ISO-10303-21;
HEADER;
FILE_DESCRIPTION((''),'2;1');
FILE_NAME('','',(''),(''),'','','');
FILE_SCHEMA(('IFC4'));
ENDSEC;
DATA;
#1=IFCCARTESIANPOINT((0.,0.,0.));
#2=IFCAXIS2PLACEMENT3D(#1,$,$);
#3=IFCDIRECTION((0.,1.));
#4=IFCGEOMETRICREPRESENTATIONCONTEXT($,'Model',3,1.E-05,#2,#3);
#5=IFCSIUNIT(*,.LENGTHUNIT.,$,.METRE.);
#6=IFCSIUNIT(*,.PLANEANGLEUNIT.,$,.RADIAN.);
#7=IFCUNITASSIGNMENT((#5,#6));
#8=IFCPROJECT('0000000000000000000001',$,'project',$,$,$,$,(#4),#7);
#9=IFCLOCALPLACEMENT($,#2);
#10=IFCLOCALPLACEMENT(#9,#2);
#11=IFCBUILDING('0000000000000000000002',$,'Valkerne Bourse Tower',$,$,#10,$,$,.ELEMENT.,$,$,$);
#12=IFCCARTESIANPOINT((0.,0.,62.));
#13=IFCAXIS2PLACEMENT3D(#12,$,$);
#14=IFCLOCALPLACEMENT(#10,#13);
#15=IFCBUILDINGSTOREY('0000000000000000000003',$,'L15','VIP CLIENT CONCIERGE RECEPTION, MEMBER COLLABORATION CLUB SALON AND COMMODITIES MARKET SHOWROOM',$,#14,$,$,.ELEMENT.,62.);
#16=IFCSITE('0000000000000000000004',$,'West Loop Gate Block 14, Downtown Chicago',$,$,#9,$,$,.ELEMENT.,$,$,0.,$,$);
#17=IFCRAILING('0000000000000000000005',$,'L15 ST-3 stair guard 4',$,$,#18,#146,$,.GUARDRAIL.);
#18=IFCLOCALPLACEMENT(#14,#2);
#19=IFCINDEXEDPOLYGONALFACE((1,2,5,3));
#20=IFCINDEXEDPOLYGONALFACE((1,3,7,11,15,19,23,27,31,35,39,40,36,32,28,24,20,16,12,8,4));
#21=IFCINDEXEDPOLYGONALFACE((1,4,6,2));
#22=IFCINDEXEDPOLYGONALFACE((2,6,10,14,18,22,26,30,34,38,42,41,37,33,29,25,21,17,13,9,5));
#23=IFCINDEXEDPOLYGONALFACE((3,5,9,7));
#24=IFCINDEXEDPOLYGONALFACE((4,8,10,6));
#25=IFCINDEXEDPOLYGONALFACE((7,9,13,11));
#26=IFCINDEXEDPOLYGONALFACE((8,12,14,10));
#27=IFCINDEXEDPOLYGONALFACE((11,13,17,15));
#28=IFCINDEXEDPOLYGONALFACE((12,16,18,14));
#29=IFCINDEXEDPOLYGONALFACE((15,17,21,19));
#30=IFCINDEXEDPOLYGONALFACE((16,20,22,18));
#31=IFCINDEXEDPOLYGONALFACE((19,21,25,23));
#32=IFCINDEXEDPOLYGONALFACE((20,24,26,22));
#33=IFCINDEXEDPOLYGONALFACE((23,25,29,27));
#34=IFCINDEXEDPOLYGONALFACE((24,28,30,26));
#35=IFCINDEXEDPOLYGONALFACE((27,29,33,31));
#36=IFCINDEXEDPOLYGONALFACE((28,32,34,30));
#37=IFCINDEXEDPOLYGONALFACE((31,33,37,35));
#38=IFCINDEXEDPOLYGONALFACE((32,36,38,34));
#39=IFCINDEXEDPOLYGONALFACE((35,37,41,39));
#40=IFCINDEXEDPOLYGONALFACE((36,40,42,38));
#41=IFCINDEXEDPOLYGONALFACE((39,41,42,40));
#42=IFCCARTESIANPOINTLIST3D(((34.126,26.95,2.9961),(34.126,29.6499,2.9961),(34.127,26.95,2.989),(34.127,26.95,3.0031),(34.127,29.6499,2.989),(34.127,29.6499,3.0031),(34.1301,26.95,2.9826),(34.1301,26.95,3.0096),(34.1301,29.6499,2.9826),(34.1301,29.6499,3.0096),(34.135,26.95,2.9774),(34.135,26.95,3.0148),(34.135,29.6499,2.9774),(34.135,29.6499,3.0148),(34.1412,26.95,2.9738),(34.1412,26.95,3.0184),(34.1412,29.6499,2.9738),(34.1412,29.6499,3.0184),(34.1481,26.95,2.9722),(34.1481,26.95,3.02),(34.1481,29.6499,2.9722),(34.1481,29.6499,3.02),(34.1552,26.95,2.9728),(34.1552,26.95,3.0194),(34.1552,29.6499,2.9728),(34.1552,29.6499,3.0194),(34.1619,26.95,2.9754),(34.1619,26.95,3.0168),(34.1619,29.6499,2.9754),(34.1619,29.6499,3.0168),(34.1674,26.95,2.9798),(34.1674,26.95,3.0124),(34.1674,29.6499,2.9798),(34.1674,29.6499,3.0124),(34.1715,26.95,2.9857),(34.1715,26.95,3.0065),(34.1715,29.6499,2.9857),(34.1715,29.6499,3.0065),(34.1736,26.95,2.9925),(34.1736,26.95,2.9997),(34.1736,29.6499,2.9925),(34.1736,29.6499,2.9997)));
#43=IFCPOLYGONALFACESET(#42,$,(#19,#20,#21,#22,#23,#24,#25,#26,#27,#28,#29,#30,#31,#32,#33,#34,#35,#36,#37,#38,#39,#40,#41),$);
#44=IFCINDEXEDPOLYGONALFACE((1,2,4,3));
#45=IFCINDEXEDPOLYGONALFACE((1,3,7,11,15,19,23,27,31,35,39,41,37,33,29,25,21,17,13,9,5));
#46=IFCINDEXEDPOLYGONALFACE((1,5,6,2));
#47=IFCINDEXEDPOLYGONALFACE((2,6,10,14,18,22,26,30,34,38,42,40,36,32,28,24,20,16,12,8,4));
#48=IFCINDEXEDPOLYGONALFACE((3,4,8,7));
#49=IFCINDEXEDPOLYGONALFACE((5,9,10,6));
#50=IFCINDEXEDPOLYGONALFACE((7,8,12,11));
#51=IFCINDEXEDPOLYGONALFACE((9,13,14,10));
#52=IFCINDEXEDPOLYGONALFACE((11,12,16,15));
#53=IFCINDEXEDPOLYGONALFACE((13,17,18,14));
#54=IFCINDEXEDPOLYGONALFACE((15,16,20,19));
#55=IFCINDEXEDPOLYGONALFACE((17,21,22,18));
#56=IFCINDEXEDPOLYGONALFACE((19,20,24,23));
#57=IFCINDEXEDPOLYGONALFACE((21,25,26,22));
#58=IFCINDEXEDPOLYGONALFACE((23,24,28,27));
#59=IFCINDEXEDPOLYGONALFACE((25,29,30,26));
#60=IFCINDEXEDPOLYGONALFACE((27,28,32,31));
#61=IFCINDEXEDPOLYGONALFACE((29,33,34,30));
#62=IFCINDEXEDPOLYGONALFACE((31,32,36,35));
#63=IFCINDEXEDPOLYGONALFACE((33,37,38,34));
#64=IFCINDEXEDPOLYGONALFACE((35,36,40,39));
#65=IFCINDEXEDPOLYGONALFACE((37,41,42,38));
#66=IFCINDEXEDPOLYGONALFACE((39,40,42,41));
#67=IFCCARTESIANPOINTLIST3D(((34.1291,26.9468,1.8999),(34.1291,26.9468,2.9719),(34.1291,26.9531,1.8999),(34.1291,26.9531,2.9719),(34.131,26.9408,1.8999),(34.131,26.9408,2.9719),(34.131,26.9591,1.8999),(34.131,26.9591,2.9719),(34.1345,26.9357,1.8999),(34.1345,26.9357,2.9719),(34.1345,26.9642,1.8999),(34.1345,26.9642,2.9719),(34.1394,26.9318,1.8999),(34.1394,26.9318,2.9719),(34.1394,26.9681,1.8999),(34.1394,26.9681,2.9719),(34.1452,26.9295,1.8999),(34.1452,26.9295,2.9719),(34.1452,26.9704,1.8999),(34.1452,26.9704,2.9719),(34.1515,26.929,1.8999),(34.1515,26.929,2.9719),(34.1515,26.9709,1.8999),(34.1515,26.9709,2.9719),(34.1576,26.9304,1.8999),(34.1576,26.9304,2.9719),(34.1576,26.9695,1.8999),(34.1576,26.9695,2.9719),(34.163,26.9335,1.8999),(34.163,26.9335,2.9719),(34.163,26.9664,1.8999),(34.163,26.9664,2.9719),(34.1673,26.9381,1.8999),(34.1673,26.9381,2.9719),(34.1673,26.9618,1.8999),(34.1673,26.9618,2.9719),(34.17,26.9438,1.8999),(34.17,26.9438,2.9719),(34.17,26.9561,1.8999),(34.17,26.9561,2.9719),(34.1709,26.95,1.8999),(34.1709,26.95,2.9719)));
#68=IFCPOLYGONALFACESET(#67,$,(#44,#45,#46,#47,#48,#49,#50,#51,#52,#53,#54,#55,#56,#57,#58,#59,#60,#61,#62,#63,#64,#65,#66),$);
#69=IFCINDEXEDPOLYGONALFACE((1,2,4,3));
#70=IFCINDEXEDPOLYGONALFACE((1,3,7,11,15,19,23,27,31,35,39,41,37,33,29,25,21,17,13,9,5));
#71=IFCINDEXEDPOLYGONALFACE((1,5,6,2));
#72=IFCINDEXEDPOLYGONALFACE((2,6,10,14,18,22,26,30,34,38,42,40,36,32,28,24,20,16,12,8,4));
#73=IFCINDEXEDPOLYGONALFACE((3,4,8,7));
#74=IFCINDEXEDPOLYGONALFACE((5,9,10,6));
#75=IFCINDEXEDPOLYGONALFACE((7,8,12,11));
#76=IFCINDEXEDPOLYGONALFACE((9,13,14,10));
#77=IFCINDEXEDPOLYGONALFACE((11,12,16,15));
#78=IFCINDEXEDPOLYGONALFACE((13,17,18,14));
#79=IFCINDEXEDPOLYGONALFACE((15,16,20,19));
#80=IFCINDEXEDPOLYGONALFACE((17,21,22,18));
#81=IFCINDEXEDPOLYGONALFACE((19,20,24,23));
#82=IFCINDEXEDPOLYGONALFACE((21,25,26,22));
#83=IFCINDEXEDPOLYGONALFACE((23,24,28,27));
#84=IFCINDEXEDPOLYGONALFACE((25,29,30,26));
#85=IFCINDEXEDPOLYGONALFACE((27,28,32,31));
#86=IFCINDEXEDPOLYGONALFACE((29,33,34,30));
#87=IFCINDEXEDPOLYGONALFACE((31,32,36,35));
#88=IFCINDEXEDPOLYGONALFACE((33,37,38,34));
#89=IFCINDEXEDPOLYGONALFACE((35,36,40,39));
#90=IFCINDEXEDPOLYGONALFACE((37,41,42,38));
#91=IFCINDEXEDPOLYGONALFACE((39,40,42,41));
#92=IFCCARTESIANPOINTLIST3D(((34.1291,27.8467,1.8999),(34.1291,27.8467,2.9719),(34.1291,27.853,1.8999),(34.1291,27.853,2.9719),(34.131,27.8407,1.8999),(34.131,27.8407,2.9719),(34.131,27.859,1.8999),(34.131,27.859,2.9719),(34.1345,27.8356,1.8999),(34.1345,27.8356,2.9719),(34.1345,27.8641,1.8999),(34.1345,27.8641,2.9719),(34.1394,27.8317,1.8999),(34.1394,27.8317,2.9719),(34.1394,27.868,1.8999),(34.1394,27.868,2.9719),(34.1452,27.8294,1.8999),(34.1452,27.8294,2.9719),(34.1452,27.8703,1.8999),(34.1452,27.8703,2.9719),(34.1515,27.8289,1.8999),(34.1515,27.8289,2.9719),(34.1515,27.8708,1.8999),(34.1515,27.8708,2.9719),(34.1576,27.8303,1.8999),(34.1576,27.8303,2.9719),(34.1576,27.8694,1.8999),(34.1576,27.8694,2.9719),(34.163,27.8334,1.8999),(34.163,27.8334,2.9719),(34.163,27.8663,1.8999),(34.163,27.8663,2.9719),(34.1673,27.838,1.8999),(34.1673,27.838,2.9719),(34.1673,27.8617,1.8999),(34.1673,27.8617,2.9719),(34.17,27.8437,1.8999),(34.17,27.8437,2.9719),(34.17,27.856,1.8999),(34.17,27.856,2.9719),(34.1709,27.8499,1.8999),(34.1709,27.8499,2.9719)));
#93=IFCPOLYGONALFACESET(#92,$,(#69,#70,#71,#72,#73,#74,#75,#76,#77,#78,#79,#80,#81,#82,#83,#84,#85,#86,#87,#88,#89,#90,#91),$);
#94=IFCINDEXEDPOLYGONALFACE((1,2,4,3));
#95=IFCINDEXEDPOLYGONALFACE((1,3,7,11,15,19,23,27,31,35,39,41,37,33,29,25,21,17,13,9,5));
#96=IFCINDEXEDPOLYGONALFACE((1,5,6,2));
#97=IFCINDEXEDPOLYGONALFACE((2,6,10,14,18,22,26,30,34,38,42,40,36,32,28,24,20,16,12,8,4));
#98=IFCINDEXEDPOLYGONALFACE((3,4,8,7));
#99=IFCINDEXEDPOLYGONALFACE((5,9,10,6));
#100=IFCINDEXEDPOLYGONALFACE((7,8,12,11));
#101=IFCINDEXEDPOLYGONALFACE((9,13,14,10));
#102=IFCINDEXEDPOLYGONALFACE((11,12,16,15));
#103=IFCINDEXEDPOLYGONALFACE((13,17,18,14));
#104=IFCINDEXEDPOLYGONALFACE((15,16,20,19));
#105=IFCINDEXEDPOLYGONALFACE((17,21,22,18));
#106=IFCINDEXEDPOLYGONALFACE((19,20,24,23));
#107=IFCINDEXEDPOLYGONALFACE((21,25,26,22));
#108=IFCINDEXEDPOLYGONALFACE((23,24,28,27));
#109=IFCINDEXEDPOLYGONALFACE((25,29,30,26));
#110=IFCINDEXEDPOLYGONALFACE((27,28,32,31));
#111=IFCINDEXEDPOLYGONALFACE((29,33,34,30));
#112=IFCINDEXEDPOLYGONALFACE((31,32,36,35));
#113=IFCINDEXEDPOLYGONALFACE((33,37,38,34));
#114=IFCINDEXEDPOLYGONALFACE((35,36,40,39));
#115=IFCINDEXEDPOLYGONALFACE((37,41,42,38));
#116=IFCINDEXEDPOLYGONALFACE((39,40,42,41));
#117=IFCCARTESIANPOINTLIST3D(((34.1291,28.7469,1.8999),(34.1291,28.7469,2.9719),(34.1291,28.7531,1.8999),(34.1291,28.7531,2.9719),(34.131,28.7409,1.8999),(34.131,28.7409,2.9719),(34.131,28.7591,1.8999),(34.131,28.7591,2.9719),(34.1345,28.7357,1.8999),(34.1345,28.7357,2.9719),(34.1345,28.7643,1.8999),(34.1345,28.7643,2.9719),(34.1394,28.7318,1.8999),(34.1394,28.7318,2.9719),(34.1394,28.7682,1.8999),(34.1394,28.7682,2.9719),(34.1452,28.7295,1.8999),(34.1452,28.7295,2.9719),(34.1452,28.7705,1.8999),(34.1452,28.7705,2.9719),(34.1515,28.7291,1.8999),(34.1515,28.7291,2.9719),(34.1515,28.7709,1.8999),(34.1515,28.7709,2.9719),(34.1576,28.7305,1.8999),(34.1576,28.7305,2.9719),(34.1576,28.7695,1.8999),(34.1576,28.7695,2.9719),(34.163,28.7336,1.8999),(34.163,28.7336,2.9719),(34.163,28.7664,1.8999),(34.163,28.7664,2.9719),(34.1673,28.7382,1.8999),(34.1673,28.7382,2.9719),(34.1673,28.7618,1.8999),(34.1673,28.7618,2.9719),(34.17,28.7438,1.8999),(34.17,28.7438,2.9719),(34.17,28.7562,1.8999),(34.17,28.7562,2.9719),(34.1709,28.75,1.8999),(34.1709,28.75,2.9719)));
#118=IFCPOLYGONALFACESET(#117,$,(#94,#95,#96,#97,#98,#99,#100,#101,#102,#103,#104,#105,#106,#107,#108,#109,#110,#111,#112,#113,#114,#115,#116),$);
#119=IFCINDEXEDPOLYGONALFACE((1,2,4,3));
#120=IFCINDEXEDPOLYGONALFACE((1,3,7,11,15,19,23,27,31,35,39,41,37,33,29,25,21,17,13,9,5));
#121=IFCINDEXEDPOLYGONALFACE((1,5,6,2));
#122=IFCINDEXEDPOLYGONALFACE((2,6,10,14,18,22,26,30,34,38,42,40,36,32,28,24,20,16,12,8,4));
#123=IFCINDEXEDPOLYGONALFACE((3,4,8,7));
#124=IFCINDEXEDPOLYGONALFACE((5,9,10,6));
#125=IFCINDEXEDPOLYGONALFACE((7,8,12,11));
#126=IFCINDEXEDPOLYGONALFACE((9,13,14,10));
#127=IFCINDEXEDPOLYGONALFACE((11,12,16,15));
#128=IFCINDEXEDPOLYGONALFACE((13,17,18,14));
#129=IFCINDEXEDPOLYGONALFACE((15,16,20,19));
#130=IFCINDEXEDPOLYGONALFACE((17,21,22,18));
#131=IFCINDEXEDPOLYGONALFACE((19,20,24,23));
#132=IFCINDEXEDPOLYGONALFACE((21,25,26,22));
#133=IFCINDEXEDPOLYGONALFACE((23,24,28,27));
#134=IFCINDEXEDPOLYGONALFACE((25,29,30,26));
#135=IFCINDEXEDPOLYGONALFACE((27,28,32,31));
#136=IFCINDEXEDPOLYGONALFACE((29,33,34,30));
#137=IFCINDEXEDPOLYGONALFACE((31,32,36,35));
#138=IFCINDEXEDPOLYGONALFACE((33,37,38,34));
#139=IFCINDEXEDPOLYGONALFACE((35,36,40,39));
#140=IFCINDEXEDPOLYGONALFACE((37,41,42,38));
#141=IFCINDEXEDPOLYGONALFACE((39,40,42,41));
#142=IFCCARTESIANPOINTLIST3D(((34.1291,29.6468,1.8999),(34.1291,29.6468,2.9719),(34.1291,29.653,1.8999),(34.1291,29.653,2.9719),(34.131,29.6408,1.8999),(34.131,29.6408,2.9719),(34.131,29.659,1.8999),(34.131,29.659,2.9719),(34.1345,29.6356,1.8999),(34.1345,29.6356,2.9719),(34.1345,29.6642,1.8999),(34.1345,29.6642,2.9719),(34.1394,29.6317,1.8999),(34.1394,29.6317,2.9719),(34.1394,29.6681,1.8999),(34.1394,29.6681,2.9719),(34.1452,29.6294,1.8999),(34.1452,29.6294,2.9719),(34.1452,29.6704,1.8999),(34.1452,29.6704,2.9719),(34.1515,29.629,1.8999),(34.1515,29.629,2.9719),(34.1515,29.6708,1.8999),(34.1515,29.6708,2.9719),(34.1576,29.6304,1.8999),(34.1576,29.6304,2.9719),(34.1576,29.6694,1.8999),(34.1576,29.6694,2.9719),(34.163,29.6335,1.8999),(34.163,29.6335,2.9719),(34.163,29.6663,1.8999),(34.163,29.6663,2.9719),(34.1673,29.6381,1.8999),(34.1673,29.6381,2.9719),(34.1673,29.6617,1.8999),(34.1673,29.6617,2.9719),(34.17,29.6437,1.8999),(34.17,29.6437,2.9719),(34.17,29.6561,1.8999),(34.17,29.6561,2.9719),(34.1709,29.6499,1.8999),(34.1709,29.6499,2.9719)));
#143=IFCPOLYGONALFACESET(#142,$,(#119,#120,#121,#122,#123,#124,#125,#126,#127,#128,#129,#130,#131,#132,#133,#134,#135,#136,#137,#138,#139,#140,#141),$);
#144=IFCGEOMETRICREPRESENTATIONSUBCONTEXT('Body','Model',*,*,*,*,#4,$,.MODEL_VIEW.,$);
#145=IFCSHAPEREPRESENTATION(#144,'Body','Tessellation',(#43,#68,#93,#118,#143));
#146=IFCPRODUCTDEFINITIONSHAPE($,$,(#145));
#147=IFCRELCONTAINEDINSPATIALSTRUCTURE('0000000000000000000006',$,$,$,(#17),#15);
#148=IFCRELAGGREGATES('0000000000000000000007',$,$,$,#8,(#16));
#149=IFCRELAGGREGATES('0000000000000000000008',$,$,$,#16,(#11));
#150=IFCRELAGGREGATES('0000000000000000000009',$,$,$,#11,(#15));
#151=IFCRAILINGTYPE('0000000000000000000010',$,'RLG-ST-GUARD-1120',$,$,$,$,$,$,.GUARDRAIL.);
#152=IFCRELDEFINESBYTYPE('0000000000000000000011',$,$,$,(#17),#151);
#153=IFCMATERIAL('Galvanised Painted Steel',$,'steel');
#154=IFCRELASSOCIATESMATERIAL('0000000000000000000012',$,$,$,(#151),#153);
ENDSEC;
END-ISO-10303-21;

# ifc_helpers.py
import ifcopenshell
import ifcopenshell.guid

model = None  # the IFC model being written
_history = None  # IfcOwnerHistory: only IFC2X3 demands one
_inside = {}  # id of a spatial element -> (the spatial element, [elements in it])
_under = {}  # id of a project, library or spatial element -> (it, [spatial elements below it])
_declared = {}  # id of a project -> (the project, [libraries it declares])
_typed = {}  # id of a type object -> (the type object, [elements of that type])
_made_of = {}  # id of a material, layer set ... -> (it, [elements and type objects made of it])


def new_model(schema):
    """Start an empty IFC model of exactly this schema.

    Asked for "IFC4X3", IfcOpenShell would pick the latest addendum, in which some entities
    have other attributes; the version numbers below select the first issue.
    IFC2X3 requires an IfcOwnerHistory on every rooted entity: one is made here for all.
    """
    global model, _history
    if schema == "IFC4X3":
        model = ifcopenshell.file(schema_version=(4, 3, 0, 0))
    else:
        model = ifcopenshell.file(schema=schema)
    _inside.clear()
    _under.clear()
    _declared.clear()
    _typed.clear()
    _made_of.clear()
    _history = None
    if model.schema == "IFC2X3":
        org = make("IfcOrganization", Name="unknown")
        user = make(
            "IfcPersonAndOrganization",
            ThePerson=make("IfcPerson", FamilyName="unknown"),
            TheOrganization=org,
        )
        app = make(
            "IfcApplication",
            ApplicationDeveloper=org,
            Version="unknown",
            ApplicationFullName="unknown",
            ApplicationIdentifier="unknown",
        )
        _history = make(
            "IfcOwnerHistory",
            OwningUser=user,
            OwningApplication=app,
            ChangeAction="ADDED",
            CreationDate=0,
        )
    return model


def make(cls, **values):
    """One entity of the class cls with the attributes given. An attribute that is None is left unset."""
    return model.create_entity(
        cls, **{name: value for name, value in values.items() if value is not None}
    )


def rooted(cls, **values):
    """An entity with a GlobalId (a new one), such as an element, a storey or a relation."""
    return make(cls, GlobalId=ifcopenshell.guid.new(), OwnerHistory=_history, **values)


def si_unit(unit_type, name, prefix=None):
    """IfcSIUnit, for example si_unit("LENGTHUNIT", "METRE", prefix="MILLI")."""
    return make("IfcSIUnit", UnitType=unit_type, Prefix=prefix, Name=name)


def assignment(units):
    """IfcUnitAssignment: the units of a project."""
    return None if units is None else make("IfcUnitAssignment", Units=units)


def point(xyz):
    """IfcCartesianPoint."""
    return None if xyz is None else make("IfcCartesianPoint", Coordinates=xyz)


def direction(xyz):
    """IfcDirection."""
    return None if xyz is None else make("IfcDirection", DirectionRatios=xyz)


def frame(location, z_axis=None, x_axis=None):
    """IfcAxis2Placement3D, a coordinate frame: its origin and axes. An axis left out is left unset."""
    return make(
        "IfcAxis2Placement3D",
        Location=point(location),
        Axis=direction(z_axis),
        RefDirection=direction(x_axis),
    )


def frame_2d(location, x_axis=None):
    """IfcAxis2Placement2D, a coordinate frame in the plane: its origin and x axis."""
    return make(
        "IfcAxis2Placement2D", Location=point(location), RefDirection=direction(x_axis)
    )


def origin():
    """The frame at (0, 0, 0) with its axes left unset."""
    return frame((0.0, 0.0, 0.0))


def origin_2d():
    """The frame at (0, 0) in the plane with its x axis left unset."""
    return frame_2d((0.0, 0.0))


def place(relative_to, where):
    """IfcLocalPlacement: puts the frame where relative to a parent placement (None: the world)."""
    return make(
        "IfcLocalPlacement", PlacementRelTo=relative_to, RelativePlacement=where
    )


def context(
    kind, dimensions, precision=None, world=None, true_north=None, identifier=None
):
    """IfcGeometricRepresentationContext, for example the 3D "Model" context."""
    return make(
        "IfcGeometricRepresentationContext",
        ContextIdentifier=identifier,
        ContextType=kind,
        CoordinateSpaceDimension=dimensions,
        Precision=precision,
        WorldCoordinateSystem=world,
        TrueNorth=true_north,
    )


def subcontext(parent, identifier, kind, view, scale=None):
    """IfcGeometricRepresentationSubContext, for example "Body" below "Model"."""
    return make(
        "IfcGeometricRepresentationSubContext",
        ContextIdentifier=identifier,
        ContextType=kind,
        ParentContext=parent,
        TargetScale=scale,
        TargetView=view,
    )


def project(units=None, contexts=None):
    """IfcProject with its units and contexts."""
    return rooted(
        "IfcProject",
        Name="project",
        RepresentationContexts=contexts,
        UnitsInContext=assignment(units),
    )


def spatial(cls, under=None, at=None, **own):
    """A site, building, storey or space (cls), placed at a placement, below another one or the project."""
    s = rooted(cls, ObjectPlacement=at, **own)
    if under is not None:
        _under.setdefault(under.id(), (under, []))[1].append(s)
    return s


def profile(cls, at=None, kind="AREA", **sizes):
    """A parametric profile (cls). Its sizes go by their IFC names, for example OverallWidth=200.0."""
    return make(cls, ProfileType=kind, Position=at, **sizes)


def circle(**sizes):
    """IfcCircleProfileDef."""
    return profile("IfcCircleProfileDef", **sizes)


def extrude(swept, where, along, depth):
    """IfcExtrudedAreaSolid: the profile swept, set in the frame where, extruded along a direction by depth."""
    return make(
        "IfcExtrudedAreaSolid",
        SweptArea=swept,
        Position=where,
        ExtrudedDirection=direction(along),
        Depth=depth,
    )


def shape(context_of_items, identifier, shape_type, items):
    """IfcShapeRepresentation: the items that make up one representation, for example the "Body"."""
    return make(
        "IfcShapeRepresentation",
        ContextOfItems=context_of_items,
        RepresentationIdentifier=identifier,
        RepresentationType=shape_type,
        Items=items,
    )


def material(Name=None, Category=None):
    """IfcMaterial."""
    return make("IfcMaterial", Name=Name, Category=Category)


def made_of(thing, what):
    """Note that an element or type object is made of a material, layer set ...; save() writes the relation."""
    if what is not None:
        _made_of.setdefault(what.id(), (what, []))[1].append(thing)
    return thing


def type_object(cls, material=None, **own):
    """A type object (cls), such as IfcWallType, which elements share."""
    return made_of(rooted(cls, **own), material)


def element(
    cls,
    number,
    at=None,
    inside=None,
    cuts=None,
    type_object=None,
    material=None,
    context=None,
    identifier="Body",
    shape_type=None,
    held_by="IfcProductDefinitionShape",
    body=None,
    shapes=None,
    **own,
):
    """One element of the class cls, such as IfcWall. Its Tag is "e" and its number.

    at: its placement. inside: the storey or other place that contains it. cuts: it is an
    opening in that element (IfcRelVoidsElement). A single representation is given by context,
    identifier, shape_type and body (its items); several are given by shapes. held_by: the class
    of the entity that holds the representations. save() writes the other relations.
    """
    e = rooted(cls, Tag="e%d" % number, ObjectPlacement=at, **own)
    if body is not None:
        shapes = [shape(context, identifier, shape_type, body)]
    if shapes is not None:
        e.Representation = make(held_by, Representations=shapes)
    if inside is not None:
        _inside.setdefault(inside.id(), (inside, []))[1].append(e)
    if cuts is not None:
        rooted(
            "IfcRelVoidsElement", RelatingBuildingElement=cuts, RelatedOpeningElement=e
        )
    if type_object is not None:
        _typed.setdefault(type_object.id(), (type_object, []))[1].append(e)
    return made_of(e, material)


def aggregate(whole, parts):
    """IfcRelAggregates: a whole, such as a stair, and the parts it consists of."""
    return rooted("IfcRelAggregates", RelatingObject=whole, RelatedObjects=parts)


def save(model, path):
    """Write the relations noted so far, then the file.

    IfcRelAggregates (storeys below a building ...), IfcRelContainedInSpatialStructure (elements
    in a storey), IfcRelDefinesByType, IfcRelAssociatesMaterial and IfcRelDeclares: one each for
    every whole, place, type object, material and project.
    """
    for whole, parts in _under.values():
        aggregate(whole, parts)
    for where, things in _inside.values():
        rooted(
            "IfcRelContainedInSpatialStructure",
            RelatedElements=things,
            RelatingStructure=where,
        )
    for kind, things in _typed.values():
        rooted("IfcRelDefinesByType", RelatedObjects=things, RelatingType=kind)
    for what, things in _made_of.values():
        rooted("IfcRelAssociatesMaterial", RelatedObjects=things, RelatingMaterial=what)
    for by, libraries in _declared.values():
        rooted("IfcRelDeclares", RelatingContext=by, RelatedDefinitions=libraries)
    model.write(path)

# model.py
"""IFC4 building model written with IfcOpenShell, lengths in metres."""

from ifc_helpers import new_model, si_unit, direction, frame, origin, origin_2d, place, context, subcontext, project, spatial, circle, extrude, material, type_object, element, save


model = new_model("IFC4")

# Units and contexts
model_context = context("Model", 3, precision=1e-05, world=origin(), true_north=direction((0.0, 1.0)))
body_context = subcontext(model_context, "Body", "Model", "MODEL_VIEW")
ifc_project = project(units=[si_unit("LENGTHUNIT", "METRE"), si_unit("PLANEANGLEUNIT", "RADIAN")], contexts=[model_context])

# Site, building, storey
site_placement = place(None, origin())
site = spatial("IfcSite", under=ifc_project, at=site_placement, Name="West Loop Gate Block 14, Downtown Chicago", CompositionType="ELEMENT", RefElevation=0.0)
building_placement = place(site_placement, origin())
building = spatial("IfcBuilding", under=site, at=building_placement, Name="Valkerne Bourse Tower", CompositionType="ELEMENT")
storey_placement = place(building_placement, frame((0.0, 0.0, 62.0)))
storey = spatial("IfcBuildingStorey", under=building, at=storey_placement, Name="L15", Description="VIP CLIENT CONCIERGE RECEPTION, MEMBER COLLABORATION CLUB SALON AND COMMODITIES MARKET SHOWROOM", CompositionType="ELEMENT", Elevation=62.0)

# Railing
ifc_material_1 = material(Name="Galvanised Painted Steel", Category="steel")
railing_type_1 = type_object("IfcRailingType", Name="RLG-ST-GUARD-1120", PredefinedType="GUARDRAIL", material=ifc_material_1)
for number, where, name in (
    (1, (34.1499, 26.95, 1.8999), "L15 ST-3 stair guard 4"),
):
    element("IfcRailing", number, at=place(storey_placement, frame(where)), inside=storey, type_object=railing_type_1, Name=name, PredefinedType="GUARDRAIL", context=body_context, shape_type="SweptSolid", body=[
        extrude(circle(Radius=0.0239, at=origin_2d()), frame((0.0, 0.0, 1.0962), z_axis=(0.0, 1.0, 0.0), x_axis=(-1.0, 0.0, 0.0)), (0.0, 0.0, 1.0), 2.7),
        extrude(circle(Radius=0.021, at=origin_2d()), origin(), (0.0, 0.0, 1.0), 1.072),
        extrude(circle(Radius=0.021, at=origin_2d()), frame((0.0, 0.8999, 0.0)), (0.0, 0.0, 1.0), 1.072),
        extrude(circle(Radius=0.021, at=origin_2d()), frame((0.0, 1.8, 0.0)), (0.0, 0.0, 1.0), 1.072),
        extrude(circle(Radius=0.021, at=origin_2d()), frame((0.0, 2.7, 0.0)), (0.0, 0.0, 1.0), 1.072),
    ])

save(model, "model.ifc")
